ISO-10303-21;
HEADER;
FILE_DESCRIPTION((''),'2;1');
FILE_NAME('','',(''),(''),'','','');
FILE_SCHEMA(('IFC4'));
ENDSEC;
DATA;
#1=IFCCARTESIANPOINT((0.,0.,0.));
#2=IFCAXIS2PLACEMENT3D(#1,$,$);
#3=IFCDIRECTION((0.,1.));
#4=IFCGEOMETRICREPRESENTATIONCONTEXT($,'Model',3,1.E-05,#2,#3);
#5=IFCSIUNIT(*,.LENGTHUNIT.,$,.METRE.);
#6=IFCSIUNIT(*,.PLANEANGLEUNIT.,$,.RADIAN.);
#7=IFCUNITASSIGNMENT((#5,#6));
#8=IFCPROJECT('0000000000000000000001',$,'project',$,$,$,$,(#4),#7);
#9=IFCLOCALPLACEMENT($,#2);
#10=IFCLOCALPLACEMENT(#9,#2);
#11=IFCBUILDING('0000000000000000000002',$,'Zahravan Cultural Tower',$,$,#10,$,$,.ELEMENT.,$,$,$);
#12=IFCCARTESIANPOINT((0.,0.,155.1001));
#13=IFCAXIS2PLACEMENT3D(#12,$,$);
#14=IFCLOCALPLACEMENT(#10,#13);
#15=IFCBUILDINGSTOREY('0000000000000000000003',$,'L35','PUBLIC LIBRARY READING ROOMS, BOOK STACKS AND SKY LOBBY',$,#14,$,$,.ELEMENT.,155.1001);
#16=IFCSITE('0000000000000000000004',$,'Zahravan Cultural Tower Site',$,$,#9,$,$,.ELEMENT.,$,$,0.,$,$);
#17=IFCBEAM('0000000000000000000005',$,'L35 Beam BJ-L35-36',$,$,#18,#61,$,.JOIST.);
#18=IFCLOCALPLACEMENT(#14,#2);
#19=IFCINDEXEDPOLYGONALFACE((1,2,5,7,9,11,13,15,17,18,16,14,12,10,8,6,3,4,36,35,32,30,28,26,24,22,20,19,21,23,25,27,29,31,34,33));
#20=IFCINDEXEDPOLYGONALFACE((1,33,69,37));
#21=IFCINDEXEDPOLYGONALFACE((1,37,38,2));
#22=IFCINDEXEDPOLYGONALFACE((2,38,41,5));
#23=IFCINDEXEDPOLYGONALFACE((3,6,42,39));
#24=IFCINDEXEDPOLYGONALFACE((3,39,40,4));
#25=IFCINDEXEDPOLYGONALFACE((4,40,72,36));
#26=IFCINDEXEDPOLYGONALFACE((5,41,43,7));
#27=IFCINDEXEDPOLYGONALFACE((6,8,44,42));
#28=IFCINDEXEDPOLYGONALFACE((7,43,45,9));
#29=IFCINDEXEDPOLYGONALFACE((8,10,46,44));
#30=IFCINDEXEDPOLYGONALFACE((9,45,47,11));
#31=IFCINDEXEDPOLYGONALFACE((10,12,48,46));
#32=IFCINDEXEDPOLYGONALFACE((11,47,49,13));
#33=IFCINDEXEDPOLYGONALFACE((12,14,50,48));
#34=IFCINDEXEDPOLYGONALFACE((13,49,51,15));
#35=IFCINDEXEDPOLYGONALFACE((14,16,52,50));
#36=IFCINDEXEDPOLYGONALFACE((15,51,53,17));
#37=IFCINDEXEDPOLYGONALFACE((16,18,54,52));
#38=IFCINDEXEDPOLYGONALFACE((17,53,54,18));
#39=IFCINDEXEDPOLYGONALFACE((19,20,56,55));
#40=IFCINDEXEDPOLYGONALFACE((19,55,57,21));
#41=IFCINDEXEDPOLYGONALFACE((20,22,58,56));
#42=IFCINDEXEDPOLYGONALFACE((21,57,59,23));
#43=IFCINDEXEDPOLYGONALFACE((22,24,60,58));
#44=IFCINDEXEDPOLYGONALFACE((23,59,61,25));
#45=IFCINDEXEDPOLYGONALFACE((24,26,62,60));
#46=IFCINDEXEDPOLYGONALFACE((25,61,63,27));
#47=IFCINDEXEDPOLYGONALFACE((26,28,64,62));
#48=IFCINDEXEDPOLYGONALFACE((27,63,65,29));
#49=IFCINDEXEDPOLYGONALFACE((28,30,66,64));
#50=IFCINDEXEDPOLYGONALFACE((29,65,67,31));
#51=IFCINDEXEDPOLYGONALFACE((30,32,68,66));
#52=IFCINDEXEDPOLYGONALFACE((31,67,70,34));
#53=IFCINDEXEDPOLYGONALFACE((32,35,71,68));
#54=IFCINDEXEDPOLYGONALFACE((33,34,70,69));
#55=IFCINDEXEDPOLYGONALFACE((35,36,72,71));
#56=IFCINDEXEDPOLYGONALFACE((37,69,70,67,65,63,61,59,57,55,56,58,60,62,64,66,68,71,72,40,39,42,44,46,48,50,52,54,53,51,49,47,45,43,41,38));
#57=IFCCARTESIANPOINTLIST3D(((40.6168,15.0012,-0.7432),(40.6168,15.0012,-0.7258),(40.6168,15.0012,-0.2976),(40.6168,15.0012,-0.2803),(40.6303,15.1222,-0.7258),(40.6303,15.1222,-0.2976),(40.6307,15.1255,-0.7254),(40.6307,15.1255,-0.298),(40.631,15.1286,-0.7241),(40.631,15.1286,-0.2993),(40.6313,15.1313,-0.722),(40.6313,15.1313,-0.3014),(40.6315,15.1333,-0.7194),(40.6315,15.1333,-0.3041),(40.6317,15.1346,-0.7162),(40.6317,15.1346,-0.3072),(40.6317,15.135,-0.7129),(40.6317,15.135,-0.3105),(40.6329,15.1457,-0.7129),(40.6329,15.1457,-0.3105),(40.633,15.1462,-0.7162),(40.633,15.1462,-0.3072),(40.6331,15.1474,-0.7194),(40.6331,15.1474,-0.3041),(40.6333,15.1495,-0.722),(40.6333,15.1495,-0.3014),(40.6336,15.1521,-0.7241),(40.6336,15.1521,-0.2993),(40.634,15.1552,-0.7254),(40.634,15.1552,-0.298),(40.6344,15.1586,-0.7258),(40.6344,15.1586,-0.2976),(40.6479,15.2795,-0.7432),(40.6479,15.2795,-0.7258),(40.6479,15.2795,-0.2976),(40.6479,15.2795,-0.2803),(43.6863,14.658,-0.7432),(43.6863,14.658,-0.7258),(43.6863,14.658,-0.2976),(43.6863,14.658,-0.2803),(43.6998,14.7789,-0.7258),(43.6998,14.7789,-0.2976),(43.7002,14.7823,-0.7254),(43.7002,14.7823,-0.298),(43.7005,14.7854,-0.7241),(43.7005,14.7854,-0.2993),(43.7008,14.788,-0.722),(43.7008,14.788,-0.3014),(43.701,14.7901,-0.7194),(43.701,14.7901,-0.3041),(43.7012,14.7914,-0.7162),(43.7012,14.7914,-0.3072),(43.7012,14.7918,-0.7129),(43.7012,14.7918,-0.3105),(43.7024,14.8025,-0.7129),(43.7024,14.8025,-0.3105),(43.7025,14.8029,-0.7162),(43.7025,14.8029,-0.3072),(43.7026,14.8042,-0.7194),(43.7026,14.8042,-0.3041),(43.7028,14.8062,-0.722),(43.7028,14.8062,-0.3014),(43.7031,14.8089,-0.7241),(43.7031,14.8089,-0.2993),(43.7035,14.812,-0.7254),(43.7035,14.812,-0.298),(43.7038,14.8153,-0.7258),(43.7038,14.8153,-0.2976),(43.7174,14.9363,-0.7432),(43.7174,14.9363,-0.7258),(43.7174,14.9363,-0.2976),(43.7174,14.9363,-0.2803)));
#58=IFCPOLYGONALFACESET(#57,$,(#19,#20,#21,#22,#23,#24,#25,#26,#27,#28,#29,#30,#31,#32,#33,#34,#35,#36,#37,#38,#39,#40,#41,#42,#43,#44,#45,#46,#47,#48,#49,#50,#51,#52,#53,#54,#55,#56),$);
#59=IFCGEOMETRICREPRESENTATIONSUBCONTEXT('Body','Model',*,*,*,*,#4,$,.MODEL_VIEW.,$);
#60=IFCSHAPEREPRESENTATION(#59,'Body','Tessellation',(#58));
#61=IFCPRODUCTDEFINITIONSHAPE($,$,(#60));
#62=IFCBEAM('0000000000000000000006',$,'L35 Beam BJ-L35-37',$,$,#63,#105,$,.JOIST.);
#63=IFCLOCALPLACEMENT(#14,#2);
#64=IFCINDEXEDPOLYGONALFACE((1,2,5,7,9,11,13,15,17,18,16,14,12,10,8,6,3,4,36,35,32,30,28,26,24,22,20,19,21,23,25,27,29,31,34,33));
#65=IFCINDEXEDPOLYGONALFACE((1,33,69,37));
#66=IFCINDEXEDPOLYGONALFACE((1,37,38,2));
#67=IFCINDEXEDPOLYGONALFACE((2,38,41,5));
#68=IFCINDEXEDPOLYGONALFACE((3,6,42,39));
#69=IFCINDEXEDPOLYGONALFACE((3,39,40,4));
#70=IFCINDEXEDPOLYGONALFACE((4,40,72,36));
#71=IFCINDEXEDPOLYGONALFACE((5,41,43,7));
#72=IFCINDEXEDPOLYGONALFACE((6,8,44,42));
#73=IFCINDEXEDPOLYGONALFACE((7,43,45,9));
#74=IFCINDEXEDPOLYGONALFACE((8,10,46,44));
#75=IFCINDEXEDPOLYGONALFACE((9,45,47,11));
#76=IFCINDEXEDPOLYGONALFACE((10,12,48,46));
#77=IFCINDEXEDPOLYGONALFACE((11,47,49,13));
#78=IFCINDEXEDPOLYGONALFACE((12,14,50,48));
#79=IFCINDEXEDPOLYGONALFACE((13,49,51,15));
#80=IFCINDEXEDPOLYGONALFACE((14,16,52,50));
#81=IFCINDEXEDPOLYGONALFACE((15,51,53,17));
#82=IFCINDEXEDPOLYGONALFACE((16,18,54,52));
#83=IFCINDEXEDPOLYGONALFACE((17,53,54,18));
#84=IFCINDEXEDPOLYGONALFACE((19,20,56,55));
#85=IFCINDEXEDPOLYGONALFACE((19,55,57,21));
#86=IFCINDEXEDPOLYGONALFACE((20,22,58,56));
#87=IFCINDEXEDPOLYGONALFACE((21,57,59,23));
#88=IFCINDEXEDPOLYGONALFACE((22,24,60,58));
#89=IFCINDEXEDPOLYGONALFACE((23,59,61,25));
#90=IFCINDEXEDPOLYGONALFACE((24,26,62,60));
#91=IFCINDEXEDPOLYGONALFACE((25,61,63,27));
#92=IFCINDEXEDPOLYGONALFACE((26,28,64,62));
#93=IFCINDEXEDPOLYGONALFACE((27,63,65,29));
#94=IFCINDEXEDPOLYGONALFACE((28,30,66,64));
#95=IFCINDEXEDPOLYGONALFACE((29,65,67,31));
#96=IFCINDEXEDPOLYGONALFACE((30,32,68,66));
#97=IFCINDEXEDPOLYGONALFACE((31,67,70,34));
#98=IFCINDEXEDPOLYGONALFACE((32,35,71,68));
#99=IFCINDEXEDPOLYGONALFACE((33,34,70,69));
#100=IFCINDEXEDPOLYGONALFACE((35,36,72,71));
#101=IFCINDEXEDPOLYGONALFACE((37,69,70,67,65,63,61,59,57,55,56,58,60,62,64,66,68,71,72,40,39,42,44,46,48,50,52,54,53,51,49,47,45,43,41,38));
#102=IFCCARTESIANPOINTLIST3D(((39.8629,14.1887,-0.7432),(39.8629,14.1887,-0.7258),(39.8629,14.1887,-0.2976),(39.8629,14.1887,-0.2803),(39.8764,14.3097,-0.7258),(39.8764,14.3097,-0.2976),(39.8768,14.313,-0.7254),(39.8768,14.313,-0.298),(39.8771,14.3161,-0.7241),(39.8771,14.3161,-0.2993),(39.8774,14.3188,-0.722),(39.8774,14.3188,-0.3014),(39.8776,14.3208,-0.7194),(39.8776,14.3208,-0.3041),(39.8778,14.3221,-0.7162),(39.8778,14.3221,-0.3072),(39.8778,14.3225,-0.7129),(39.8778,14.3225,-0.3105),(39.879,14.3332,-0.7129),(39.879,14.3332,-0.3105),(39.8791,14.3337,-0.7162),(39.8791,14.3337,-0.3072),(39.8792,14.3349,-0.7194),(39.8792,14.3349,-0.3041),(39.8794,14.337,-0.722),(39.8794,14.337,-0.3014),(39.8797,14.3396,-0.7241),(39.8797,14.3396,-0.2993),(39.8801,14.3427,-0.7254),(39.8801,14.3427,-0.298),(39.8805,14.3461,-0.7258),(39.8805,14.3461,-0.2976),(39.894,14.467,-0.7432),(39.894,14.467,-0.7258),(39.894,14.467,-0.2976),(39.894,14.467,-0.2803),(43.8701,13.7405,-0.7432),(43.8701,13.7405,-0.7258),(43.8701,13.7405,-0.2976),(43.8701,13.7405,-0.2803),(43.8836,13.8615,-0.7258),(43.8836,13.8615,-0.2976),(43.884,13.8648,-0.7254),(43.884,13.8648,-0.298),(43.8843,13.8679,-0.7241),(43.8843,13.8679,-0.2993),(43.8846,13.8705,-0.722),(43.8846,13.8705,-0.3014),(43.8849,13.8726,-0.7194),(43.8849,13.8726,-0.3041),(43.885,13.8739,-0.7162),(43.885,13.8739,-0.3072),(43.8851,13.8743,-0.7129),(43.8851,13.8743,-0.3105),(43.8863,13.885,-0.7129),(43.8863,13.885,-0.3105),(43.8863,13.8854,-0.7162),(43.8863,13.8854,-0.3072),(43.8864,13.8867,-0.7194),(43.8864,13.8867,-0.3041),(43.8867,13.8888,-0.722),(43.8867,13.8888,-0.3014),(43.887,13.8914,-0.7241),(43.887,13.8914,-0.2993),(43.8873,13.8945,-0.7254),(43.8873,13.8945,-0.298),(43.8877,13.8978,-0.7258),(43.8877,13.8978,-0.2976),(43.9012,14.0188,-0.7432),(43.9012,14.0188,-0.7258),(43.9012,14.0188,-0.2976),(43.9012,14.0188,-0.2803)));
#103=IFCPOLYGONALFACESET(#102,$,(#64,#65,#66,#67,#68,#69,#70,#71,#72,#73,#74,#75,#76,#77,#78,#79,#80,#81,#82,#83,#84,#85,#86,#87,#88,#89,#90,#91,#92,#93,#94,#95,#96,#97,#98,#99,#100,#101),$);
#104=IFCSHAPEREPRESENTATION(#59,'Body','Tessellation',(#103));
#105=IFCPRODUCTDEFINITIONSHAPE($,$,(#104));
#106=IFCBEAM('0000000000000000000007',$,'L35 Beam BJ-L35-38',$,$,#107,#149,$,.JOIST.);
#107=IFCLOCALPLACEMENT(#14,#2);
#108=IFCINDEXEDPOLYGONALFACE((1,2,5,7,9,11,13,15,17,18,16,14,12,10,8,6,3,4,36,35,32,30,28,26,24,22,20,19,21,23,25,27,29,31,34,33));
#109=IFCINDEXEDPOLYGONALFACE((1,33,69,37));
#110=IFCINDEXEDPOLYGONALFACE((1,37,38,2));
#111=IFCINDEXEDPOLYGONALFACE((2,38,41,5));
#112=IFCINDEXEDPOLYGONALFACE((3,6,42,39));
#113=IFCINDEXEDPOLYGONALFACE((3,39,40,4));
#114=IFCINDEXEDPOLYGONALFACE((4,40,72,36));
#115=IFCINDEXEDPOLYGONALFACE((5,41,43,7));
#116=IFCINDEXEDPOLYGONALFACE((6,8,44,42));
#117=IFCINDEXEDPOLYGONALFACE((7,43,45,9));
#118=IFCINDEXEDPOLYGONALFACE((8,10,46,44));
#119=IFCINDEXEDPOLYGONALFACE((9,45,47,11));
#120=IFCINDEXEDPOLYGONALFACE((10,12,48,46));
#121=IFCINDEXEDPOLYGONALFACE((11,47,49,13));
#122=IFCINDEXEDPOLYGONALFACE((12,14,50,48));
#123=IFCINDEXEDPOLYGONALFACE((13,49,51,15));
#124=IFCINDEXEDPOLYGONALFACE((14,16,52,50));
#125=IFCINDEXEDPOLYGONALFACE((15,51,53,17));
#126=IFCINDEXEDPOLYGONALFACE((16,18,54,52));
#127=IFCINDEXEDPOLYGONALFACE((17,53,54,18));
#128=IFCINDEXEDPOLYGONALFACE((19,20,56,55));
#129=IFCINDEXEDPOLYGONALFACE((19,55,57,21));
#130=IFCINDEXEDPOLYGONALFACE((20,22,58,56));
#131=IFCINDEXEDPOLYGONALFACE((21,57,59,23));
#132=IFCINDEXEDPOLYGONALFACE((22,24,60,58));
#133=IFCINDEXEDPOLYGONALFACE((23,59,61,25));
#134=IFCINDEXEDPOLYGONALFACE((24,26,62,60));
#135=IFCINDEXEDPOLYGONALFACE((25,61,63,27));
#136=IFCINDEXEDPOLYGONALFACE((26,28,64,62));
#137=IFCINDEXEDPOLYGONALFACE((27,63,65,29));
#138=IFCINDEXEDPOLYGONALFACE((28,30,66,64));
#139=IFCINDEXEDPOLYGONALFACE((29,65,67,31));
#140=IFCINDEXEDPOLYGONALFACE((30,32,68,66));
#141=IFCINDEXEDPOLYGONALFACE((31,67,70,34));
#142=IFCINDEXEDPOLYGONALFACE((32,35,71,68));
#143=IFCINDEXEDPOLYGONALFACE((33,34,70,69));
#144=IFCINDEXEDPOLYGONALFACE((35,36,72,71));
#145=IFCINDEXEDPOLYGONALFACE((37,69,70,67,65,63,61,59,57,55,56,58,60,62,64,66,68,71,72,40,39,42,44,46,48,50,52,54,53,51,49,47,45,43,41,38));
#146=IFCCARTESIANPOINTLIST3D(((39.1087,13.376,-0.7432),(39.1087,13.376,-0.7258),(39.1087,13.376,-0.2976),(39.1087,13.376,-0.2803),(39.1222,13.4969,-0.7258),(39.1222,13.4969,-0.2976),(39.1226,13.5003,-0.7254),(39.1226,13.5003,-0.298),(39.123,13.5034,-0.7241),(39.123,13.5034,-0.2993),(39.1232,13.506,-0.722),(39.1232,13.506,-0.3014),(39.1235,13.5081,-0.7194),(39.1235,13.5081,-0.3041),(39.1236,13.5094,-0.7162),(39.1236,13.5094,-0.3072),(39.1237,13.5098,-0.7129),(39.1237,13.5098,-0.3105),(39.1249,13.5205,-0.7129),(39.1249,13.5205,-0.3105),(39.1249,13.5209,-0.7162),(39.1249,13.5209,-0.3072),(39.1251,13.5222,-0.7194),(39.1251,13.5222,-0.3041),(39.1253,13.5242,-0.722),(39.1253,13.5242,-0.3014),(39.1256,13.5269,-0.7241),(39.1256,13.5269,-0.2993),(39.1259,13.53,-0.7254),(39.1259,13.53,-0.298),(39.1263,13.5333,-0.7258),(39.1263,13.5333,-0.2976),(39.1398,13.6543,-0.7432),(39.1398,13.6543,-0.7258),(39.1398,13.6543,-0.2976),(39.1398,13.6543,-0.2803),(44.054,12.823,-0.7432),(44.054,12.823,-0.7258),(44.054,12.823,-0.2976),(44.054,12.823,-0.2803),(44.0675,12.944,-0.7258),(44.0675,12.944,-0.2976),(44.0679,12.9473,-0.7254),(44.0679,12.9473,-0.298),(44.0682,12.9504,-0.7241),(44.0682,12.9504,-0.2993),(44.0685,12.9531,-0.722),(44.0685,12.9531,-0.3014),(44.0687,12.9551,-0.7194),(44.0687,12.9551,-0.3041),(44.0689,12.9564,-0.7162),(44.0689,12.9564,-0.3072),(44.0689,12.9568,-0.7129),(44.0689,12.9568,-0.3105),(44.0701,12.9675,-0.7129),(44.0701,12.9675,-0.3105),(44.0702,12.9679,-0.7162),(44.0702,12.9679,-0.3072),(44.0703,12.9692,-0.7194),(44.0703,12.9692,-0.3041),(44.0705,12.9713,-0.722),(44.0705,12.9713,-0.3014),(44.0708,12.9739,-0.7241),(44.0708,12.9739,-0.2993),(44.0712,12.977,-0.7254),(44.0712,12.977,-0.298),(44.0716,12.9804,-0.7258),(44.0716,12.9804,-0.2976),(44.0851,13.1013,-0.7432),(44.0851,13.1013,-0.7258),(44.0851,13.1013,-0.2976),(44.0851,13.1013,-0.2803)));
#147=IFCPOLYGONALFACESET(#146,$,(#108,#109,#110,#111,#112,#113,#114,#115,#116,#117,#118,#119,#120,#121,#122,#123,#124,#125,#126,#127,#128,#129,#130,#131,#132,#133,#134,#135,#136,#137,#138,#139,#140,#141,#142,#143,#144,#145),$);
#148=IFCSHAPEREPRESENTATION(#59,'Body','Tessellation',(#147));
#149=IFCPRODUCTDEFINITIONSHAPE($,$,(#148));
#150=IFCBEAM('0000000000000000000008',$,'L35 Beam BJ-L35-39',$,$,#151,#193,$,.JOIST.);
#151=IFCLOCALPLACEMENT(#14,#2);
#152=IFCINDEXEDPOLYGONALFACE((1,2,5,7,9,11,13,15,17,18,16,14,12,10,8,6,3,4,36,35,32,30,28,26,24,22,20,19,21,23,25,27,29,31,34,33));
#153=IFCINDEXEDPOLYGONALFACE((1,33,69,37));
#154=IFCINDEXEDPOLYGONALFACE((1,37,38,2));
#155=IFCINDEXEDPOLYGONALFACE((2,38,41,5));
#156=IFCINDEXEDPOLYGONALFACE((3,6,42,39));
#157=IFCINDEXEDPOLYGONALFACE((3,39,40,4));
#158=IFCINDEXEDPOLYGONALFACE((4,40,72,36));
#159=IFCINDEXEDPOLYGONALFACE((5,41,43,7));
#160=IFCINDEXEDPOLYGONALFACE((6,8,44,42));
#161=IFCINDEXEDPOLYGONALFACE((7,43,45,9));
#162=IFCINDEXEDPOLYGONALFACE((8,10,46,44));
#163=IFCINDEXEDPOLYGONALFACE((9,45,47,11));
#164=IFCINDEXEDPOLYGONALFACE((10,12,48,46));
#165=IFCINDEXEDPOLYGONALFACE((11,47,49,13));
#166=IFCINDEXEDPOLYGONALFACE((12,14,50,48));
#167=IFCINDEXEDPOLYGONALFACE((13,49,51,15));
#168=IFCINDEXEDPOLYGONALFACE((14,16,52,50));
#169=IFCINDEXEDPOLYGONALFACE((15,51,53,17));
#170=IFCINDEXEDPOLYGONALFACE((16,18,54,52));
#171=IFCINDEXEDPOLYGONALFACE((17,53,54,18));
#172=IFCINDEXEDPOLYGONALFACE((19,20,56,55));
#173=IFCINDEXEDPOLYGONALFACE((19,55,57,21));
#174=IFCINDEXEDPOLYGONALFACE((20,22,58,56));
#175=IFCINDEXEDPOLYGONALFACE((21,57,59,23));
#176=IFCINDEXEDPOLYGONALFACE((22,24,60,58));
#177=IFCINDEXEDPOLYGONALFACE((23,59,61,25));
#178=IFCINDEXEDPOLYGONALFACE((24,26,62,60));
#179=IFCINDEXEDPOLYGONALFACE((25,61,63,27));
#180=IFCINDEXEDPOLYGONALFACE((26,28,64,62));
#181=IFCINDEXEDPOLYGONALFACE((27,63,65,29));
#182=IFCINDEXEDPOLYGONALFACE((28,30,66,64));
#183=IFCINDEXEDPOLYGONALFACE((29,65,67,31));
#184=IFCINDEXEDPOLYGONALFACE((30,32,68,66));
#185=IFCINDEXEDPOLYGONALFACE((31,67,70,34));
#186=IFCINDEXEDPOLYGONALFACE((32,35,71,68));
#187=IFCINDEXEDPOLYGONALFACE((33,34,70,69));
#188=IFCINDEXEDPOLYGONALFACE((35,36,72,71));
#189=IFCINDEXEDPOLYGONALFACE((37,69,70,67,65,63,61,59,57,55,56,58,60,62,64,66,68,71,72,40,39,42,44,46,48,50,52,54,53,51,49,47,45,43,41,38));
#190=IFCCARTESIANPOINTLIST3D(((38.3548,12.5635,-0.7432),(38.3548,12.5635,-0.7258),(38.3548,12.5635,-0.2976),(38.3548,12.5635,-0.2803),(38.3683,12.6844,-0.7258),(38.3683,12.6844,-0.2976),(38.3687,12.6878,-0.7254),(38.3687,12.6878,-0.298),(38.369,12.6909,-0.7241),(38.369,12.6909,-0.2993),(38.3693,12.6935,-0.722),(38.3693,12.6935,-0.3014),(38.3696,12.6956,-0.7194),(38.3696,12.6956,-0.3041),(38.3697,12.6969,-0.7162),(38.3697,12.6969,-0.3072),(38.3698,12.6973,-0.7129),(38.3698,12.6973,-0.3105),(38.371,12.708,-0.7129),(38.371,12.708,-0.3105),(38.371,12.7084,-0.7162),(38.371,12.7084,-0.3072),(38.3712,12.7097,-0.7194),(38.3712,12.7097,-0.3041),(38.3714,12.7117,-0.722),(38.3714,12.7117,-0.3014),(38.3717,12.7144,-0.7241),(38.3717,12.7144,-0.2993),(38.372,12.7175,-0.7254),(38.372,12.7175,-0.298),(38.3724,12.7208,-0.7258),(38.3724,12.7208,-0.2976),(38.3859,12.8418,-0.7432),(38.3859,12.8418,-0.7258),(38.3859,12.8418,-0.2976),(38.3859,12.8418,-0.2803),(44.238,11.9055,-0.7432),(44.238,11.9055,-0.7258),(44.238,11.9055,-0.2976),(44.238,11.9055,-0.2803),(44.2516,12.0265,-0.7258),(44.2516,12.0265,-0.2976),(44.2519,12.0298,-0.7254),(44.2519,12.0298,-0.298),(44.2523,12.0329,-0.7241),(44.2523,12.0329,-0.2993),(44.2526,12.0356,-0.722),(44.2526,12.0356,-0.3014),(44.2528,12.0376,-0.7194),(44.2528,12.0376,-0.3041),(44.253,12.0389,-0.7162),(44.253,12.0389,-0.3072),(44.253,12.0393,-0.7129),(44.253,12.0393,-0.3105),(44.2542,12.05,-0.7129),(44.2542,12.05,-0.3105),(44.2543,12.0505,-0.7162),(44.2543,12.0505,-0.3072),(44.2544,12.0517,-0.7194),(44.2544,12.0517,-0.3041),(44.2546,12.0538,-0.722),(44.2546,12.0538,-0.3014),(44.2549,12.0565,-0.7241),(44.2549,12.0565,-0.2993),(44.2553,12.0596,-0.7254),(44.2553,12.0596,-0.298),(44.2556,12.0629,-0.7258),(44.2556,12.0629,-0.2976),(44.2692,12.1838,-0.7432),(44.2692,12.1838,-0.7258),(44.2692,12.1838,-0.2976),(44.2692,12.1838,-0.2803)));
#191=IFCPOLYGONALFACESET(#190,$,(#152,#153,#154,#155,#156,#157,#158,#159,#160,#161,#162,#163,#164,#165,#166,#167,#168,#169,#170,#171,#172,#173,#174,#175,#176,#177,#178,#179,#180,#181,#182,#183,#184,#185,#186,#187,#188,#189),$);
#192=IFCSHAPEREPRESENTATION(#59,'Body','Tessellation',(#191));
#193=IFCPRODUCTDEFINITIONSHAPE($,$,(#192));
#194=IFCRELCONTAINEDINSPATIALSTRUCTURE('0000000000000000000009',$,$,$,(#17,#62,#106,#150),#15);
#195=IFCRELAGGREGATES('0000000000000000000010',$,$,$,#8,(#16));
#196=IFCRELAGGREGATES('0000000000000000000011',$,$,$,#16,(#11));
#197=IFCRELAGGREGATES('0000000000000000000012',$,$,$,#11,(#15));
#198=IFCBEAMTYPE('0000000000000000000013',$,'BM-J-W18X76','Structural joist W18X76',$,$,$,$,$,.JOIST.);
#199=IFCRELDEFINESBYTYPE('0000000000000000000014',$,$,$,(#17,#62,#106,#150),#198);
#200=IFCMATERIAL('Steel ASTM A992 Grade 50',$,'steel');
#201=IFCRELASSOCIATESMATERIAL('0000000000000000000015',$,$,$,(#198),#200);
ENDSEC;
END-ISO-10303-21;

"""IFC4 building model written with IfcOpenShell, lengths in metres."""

from ifc_helpers import new_model, si_unit, direction, frame, origin, origin_2d, place, context, subcontext, project, spatial, i_section, extrude, source, transform, mapped, material, material_profile, profile_set, type_object, element, save


model = new_model("IFC4")

# Units and contexts
model_context = context("Model", 3, precision=1e-05, world=origin(), true_north=direction((0.0, 1.0)))
body_context = subcontext(model_context, "Body", "Model", "MODEL_VIEW")
ifc_project = project(units=[si_unit("LENGTHUNIT", "METRE"), si_unit("PLANEANGLEUNIT", "RADIAN")], contexts=[model_context])

# Site, building, storey
site_placement = place(None, origin())
site = spatial("IfcSite", under=ifc_project, at=site_placement, Name="Zahravan Cultural Tower Site", CompositionType="ELEMENT", RefElevation=0.0)
building_placement = place(site_placement, origin())
building = spatial("IfcBuilding", under=site, at=building_placement, Name="Zahravan Cultural Tower", CompositionType="ELEMENT")
storey_placement = place(building_placement, frame((0.0, 0.0, 155.1001)))
storey = spatial("IfcBuildingStorey", under=building, at=storey_placement, Name="L35", Description="PUBLIC LIBRARY READING ROOMS, BOOK STACKS AND SKY LOBBY", CompositionType="ELEMENT", Elevation=155.1001)

# Shared definitions
ifc_material_1 = material(Name="Steel ASTM A992 Grade 50", Category="steel")

# Beams
ifc_material_profile_1 = material_profile(ifc_material_1, i_section(OverallWidth=0.28, OverallDepth=0.4629, WebThickness=0.0107, FlangeThickness=0.0173, FilletRadius=0.0129, at=origin_2d()), Name="W18X76")
ifc_profile_set_1 = profile_set([ifc_material_profile_1], Name="Steel ASTM A992 Grade 50")
beam_type_1 = type_object("IfcBeamType", Name="BM-J-W18X76", Description="Structural joist W18X76", PredefinedType="JOIST", material=ifc_profile_set_1)
shared_shape_1 = source(origin(), body_context, "Body", "SweptSolid", [
    extrude(i_section(OverallWidth=0.28, OverallDepth=0.4629, WebThickness=0.0107, FlangeThickness=0.0173, FilletRadius=0.0129, at=origin_2d()), origin(), (0.0, 0.0, 1.0), 3.0886),
])
beam_1_placement = place(storey_placement, frame((40.6323, 15.1404, -0.5117), z_axis=(0.993805, -0.111134, 0.0), x_axis=(0.111134, 0.993805, 0.0)))
element("IfcBeam", 1, at=beam_1_placement, inside=storey, type_object=beam_type_1, Name="L35 Beam BJ-L35-36", PredefinedType="JOIST", context=body_context, shape_type="MappedRepresentation", body=[
    mapped(shared_shape_1, transform((0.0, 0.0, 0.0), x_axis=(1.0, 0.0, 0.0), y_axis=(0.0, 1.0, 0.0), z_axis=(0.0, 0.0, 1.0), scale=1.0)),
])
shared_shape_2 = source(origin(), body_context, "Body", "SweptSolid", [
    extrude(i_section(OverallWidth=0.28, OverallDepth=0.4629, WebThickness=0.0107, FlangeThickness=0.0173, FilletRadius=0.0129, at=origin_2d()), origin(), (0.0, 0.0, 1.0), 4.0322),
])
beam_2_placement = place(storey_placement, frame((39.8784, 14.3279, -0.5117), z_axis=(0.993802, -0.111162, 0.0), x_axis=(0.111162, 0.993802, 0.0)))
element("IfcBeam", 2, at=beam_2_placement, inside=storey, type_object=beam_type_1, Name="L35 Beam BJ-L35-37", PredefinedType="JOIST", context=body_context, shape_type="MappedRepresentation", body=[
    mapped(shared_shape_2, transform((0.0, 0.0, 0.0), x_axis=(1.0, 0.0, 0.0), y_axis=(0.0, 1.0, 0.0), z_axis=(0.0, 0.0, 1.0), scale=1.0)),
])
shared_shape_3 = source(origin(), body_context, "Body", "SweptSolid", [
    extrude(i_section(OverallWidth=0.28, OverallDepth=0.4629, WebThickness=0.0107, FlangeThickness=0.0173, FilletRadius=0.0129, at=origin_2d()), origin(), (0.0, 0.0, 1.0), 4.9761),
])
beam_3_placement = place(storey_placement, frame((39.1243, 13.5151, -0.5117), z_axis=(0.993806, -0.111126, 0.0), x_axis=(0.111126, 0.993806, 0.0)))
element("IfcBeam", 3, at=beam_3_placement, inside=storey, type_object=beam_type_1, Name="L35 Beam BJ-L35-38", PredefinedType="JOIST", context=body_context, shape_type="MappedRepresentation", body=[
    mapped(shared_shape_3, transform((0.0, 0.0, 0.0), x_axis=(1.0, 0.0, 0.0), y_axis=(0.0, 1.0, 0.0), z_axis=(0.0, 0.0, 1.0), scale=1.0)),
])
shared_shape_4 = source(origin(), body_context, "Body", "SweptSolid", [
    extrude(i_section(OverallWidth=0.28, OverallDepth=0.4629, WebThickness=0.0107, FlangeThickness=0.0173, FilletRadius=0.0129, at=origin_2d()), origin(), (0.0, 0.0, 1.0), 5.9199),
])
beam_4_placement = place(storey_placement, frame((38.3704, 12.7026, -0.5117), z_axis=(0.993805, -0.111142, 0.0), x_axis=(0.111142, 0.993805, 0.0)))
element("IfcBeam", 4, at=beam_4_placement, inside=storey, type_object=beam_type_1, Name="L35 Beam BJ-L35-39", PredefinedType="JOIST", context=body_context, shape_type="MappedRepresentation", body=[
    mapped(shared_shape_4, transform((0.0, 0.0, 0.0), x_axis=(1.0, 0.0, 0.0), y_axis=(0.0, 1.0, 0.0), z_axis=(0.0, 0.0, 1.0), scale=1.0)),
])

save(model, "model.ifc")
